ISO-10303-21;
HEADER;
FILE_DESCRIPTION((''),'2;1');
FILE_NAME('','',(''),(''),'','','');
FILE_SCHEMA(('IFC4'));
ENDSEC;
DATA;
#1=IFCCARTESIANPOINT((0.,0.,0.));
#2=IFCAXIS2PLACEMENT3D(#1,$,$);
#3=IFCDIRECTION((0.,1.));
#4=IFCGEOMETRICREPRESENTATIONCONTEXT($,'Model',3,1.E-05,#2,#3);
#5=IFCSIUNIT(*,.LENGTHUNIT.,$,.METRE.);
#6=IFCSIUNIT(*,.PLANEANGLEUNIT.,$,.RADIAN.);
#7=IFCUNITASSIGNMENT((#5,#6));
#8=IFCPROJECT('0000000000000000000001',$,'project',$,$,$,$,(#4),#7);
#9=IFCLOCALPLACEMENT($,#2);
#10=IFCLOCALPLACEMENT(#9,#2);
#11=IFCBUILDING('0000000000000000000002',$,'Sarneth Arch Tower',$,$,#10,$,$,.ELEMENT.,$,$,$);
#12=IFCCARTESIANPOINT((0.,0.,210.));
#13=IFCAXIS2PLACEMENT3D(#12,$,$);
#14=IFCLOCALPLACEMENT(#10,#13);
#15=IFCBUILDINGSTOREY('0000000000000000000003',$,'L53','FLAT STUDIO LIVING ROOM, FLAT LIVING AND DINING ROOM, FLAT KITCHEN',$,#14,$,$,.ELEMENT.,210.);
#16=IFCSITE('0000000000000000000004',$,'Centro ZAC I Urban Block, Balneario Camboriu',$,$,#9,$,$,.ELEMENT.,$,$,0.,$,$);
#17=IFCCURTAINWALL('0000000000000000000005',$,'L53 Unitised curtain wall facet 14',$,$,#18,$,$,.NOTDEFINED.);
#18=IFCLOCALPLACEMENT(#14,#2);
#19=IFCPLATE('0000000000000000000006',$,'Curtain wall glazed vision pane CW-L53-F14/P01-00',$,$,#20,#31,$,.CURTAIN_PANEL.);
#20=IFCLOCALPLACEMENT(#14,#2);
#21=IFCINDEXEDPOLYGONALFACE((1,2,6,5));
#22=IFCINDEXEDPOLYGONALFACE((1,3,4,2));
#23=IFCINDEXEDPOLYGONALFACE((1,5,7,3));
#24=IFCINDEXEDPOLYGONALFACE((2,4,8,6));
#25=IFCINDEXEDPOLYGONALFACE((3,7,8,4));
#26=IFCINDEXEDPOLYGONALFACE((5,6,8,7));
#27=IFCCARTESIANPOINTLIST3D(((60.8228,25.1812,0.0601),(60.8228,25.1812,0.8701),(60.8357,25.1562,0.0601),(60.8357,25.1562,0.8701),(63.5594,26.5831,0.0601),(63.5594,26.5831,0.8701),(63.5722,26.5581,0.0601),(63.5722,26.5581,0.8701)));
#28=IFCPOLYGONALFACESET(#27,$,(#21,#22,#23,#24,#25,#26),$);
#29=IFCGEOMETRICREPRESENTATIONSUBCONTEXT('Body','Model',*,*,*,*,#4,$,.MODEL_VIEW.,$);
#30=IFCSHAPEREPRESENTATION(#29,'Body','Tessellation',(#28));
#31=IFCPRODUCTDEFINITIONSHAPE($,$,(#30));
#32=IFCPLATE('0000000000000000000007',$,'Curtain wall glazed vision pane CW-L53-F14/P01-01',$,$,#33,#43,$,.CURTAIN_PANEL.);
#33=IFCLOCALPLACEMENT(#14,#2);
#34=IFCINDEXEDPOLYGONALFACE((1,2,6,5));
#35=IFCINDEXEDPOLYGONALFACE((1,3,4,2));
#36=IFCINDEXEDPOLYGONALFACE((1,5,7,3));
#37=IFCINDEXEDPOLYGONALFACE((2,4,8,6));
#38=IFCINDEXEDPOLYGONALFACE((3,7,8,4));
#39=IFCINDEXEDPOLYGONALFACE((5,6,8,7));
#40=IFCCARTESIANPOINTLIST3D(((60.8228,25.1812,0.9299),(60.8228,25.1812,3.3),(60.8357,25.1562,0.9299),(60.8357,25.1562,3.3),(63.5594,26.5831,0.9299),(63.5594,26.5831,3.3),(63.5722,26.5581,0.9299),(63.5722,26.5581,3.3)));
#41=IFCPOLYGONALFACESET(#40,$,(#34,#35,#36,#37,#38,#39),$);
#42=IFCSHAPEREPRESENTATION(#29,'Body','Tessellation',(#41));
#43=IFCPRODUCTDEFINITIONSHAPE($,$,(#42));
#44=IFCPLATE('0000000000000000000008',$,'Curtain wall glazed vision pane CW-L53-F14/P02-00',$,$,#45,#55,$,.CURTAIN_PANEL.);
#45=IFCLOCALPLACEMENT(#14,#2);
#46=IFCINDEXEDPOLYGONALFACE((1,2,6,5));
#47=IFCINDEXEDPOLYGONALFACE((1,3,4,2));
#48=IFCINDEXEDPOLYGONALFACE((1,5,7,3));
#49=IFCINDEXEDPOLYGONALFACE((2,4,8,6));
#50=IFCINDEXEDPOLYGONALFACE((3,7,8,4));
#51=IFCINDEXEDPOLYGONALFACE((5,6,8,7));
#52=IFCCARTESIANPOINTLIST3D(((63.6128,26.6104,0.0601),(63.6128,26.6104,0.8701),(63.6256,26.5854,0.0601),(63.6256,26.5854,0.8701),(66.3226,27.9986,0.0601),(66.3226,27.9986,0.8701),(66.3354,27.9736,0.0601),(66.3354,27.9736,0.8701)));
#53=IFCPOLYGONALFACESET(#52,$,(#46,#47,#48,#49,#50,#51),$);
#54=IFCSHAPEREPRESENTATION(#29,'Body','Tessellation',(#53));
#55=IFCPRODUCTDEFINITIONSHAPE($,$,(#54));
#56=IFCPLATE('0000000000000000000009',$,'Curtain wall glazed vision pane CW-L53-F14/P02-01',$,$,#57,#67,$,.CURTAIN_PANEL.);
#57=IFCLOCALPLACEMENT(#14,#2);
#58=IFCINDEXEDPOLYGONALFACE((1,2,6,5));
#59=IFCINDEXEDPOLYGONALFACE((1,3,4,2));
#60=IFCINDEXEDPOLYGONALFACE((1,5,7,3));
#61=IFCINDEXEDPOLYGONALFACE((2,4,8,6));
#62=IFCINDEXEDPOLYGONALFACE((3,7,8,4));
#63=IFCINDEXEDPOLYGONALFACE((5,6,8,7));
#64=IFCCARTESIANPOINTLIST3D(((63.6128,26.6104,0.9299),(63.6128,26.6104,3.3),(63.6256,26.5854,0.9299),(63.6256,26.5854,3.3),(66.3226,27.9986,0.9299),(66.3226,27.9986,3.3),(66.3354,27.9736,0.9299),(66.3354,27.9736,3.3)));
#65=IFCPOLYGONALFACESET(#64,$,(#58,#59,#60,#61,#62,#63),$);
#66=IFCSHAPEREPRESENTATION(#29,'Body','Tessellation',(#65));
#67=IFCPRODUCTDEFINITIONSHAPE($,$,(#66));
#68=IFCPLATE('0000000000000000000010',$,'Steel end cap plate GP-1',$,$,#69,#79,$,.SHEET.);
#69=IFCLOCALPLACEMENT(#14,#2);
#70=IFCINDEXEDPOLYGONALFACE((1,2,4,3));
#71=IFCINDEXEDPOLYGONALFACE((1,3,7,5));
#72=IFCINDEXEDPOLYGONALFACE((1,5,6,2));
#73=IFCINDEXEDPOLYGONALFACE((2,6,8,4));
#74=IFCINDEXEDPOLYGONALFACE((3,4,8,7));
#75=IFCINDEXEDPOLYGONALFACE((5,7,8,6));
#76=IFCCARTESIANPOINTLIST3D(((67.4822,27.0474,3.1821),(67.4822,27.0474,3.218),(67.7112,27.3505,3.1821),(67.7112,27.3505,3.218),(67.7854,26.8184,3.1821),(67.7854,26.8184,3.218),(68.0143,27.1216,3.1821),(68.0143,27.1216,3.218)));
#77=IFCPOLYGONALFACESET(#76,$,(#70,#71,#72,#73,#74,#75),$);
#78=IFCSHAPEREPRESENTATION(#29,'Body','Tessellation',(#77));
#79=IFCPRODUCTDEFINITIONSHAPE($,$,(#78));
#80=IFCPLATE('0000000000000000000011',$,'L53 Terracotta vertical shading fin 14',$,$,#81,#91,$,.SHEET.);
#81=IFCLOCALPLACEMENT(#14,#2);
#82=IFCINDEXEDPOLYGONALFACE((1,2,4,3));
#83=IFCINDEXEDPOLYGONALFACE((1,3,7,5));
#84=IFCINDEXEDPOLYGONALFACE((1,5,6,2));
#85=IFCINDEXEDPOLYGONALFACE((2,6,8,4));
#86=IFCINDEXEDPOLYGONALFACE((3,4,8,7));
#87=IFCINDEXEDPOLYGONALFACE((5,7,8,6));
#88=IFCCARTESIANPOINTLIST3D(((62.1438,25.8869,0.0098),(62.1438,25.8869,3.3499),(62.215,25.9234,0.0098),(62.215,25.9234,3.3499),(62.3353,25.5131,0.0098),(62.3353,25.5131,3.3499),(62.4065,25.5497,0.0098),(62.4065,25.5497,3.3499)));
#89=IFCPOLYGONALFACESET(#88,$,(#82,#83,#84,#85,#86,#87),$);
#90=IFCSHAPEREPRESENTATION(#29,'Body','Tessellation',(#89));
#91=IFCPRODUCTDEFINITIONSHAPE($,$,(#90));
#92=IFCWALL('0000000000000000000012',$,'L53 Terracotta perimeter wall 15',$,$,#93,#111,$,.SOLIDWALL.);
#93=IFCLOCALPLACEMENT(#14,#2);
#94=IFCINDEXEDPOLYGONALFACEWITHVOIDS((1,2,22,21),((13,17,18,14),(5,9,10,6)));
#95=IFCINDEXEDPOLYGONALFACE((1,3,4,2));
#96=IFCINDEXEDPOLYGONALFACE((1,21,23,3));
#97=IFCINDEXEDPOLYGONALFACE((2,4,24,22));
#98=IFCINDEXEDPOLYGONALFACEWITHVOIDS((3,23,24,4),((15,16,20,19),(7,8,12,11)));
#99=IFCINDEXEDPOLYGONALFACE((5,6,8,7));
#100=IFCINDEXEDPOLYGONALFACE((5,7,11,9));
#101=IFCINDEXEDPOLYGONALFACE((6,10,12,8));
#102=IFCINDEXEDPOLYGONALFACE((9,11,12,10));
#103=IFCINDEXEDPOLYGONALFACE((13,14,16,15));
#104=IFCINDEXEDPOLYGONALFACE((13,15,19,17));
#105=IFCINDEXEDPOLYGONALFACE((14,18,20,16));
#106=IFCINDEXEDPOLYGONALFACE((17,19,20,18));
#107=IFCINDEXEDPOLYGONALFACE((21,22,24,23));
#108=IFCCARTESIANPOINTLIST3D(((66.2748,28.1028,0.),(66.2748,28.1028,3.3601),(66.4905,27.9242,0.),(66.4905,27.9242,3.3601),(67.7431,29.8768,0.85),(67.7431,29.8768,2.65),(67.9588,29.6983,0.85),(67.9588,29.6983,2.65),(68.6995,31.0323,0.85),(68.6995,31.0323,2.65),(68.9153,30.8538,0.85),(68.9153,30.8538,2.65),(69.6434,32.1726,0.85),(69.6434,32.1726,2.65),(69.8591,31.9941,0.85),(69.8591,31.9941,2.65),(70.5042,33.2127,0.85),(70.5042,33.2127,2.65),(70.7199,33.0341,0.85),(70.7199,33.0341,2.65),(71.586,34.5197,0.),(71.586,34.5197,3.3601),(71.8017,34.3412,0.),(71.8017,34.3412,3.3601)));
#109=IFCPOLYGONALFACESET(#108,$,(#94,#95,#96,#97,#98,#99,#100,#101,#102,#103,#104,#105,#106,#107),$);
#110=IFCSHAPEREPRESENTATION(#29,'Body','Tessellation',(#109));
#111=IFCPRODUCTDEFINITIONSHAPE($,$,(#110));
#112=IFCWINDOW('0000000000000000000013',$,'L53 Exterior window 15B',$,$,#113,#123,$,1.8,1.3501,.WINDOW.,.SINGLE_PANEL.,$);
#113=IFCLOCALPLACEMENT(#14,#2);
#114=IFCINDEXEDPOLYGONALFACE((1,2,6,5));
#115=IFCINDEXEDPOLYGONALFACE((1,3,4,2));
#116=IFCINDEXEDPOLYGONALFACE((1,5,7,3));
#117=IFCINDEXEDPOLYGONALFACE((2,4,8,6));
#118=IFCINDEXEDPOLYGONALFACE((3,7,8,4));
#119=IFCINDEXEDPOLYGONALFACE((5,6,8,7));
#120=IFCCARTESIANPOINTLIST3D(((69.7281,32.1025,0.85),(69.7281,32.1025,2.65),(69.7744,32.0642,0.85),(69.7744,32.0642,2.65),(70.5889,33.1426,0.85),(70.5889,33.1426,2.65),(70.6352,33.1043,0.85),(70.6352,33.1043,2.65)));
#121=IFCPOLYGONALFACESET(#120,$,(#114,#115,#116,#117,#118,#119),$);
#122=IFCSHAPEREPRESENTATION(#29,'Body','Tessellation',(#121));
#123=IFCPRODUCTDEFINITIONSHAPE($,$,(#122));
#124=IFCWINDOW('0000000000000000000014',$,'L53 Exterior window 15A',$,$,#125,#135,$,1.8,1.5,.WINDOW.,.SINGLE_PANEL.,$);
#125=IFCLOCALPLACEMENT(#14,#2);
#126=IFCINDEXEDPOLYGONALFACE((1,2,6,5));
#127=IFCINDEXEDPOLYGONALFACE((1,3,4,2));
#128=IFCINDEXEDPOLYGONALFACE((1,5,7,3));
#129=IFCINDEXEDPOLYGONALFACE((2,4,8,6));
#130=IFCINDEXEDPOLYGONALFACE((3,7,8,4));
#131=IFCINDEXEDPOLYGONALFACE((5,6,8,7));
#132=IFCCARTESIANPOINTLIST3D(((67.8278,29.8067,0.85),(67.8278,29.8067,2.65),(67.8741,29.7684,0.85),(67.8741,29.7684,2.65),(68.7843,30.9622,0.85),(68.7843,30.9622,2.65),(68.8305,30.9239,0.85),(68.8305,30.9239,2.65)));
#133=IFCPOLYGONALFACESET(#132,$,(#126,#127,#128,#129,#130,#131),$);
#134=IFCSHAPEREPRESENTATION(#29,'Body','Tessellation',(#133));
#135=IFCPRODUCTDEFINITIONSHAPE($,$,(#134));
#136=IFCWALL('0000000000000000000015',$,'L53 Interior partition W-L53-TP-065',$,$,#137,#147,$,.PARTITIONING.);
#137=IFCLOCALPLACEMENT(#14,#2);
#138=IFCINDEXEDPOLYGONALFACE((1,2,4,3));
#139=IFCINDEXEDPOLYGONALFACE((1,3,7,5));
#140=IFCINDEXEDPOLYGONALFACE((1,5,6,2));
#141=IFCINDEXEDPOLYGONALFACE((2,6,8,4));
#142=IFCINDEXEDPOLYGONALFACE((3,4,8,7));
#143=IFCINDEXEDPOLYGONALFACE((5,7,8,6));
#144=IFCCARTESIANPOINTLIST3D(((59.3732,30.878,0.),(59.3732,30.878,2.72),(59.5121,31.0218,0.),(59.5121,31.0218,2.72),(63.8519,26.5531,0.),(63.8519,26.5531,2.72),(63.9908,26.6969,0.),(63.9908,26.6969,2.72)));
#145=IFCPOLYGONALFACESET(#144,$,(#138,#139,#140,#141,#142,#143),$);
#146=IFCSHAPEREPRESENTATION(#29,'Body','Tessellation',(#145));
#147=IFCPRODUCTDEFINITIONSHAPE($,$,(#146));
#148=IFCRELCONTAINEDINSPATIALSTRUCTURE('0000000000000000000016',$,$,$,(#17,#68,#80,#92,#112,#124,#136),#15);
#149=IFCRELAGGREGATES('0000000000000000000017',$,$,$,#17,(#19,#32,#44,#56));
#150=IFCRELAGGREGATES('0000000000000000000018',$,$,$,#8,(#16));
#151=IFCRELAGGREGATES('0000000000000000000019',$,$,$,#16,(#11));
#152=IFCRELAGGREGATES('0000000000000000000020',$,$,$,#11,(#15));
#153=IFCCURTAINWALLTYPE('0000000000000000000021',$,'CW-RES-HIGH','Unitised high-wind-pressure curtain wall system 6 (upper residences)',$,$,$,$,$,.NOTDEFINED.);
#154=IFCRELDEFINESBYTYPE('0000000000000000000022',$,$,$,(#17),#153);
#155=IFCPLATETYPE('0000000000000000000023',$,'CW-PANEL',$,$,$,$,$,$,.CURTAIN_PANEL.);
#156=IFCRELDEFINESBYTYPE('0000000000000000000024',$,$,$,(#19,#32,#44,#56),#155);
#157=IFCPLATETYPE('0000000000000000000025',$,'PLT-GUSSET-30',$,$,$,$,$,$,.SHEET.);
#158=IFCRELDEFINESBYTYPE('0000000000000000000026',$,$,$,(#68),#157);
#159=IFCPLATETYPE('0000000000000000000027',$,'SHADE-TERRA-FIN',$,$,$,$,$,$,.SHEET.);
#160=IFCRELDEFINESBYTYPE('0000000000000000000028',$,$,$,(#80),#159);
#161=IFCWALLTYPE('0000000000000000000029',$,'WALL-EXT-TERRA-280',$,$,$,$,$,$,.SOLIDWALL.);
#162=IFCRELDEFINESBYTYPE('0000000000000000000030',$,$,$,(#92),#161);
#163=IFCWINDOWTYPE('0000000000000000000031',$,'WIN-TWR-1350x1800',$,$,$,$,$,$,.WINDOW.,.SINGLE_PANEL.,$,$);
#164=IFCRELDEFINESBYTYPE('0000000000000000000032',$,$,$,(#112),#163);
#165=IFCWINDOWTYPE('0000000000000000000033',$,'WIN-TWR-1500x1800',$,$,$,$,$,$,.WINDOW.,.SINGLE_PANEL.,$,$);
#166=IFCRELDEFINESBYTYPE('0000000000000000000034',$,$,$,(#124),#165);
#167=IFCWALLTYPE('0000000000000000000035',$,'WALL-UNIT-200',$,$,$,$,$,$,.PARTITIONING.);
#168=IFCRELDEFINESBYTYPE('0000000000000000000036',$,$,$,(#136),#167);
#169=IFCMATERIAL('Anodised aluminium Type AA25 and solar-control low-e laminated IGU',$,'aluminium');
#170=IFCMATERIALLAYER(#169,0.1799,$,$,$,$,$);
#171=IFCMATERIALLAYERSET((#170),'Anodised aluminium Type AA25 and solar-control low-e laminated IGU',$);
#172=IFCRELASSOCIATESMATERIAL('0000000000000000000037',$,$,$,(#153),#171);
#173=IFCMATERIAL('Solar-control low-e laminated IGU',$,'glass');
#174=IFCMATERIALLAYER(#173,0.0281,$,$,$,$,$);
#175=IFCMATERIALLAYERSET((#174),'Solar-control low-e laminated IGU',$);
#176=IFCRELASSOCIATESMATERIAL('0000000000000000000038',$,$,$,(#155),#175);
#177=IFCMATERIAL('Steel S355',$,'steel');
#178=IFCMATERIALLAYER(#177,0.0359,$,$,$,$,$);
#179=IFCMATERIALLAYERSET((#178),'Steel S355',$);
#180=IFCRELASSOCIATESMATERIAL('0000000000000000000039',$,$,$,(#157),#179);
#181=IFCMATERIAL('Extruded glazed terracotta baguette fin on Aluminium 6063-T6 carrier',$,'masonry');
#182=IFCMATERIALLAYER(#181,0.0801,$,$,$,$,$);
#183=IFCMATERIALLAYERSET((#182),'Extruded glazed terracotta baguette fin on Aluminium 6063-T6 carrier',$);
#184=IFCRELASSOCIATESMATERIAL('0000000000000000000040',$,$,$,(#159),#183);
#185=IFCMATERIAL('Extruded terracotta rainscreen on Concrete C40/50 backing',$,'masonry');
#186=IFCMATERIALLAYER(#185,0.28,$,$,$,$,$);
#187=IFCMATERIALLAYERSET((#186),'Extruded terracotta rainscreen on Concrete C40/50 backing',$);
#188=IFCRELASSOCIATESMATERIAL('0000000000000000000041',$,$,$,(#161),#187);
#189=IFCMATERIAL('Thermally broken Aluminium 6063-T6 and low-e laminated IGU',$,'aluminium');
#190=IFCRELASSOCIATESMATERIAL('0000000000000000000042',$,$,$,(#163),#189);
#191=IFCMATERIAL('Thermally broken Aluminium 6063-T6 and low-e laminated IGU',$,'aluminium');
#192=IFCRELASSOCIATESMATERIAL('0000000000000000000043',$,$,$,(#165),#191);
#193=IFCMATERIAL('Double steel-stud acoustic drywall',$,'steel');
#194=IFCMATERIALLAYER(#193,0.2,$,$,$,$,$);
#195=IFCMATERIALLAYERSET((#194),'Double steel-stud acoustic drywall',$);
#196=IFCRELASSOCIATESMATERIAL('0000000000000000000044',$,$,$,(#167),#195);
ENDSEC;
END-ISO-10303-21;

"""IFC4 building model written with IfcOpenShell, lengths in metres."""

from ifc_helpers import new_model, si_unit, direction, frame, frame_2d, origin, origin_2d, place, context, subcontext, project, spatial, rectangle, extrude, material, layer, layer_set, type_object, element, fill, aggregate, save


model = new_model("IFC4")

# Units and contexts
model_context = context("Model", 3, precision=1e-05, world=origin(), true_north=direction((0.0, 1.0)))
body_context = subcontext(model_context, "Body", "Model", "MODEL_VIEW")
ifc_project = project(units=[si_unit("LENGTHUNIT", "METRE"), si_unit("PLANEANGLEUNIT", "RADIAN")], contexts=[model_context])

# Site, building, storey
site_placement = place(None, origin())
site = spatial("IfcSite", under=ifc_project, at=site_placement, Name="Centro ZAC I Urban Block, Balneario Camboriu", CompositionType="ELEMENT", RefElevation=0.0)
building_placement = place(site_placement, origin())
building = spatial("IfcBuilding", under=site, at=building_placement, Name="Sarneth Arch Tower", CompositionType="ELEMENT")
storey_placement = place(building_placement, frame((0.0, 0.0, 210.0)))
storey = spatial("IfcBuildingStorey", under=building, at=storey_placement, Name="L53", Description="FLAT STUDIO LIVING ROOM, FLAT LIVING AND DINING ROOM, FLAT KITCHEN", CompositionType="ELEMENT", Elevation=210.0)

# Curtain wall, plates
ifc_material_1 = material(Name="Anodised aluminium Type AA25 and solar-control low-e laminated IGU", Category="aluminium")
ifc_layer_1 = layer(ifc_material_1, 0.1799)
ifc_layer_set_1 = layer_set([ifc_layer_1], Name="Anodised aluminium Type AA25 and solar-control low-e laminated IGU")
curtain_wall_type = type_object("IfcCurtainWallType", Name="CW-RES-HIGH", Description="Unitised high-wind-pressure curtain wall system 6 (upper residences)", PredefinedType="NOTDEFINED", material=ifc_layer_set_1)
curtain_wall_placement = place(storey_placement, origin())
curtain_wall = element("IfcCurtainWall", 1, at=curtain_wall_placement, inside=storey, type_object=curtain_wall_type, Name="L53 Unitised curtain wall facet 14", PredefinedType="NOTDEFINED")
ifc_material_2 = material(Name="Solar-control low-e laminated IGU", Category="glass")
ifc_layer_2 = layer(ifc_material_2, 0.0281)
ifc_layer_set_2 = layer_set([ifc_layer_2], Name="Solar-control low-e laminated IGU")
plate_type_1 = type_object("IfcPlateType", Name="CW-PANEL", PredefinedType="CURTAIN_PANEL", material=ifc_layer_set_2)
plate_1_placement = place(storey_placement, frame((62.1975, 25.8696, 0.0601), z_axis=(0.0, 0.0, 1.0), x_axis=(0.89001, 0.455942, 0.0)))
plate_1 = element("IfcPlate", 2, at=plate_1_placement, type_object=plate_type_1, Name="Curtain wall glazed vision pane CW-L53-F14/P01-00", PredefinedType="CURTAIN_PANEL", context=body_context, shape_type="SweptSolid", body=[
    extrude(rectangle(XDim=3.0747, YDim=0.0281, at=origin_2d()), origin(), (0.0, 0.0, 1.0), 0.8101),
])
plate_2_placement = place(storey_placement, frame((62.1975, 25.8696, 0.9299), z_axis=(0.0, 0.0, 1.0), x_axis=(0.89001, 0.455942, 0.0)))
plate_2 = element("IfcPlate", 3, at=plate_2_placement, type_object=plate_type_1, Name="Curtain wall glazed vision pane CW-L53-F14/P01-01", PredefinedType="CURTAIN_PANEL", context=body_context, shape_type="SweptSolid", body=[
    extrude(rectangle(XDim=3.0747, YDim=0.0281, at=origin_2d()), origin(), (0.0, 0.0, 1.0), 2.3701),
])
plate_3_placement = place(storey_placement, frame((64.9741, 27.292, 0.0601), z_axis=(0.0, 0.0, 1.0), x_axis=(0.89001, 0.455942, 0.0)))
plate_3 = element("IfcPlate", 4, at=plate_3_placement, type_object=plate_type_1, Name="Curtain wall glazed vision pane CW-L53-F14/P02-00", PredefinedType="CURTAIN_PANEL", context=body_context, shape_type="SweptSolid", body=[
    extrude(rectangle(XDim=3.0447, YDim=0.0281, at=origin_2d()), origin(), (0.0, 0.0, 1.0), 0.8101),
])
plate_4_placement = place(storey_placement, frame((64.9741, 27.292, 0.9299), z_axis=(0.0, 0.0, 1.0), x_axis=(0.89001, 0.455942, 0.0)))
plate_4 = element("IfcPlate", 5, at=plate_4_placement, type_object=plate_type_1, Name="Curtain wall glazed vision pane CW-L53-F14/P02-01", PredefinedType="CURTAIN_PANEL", context=body_context, shape_type="SweptSolid", body=[
    extrude(rectangle(XDim=3.0447, YDim=0.0281, at=origin_2d()), origin(), (0.0, 0.0, 1.0), 2.3701),
])
aggregate(curtain_wall, [plate_1, plate_2, plate_3, plate_4])

# Plates
ifc_material_3 = material(Name="Steel S355", Category="steel")
ifc_layer_3 = layer(ifc_material_3, 0.0359)
ifc_layer_set_3 = layer_set([ifc_layer_3], Name="Steel S355")
plate_type_2 = type_object("IfcPlateType", Name="PLT-GUSSET-30", PredefinedType="SHEET", material=ifc_layer_set_3)
plate_5_placement = place(storey_placement, frame((67.7483, 27.0845, 3.1821), z_axis=(0.0, 0.0, 1.0), x_axis=(0.798005, -0.602651, 0.0)))
element("IfcPlate", 6, at=plate_5_placement, inside=storey, type_object=plate_type_2, Name="Steel end cap plate GP-1", PredefinedType="SHEET", context=body_context, shape_type="SweptSolid", body=[
    extrude(rectangle(XDim=0.3799, YDim=0.3799, at=origin_2d()), origin(), (0.0, 0.0, 1.0), 0.0359),
])
ifc_material_4 = material(Name="Extruded glazed terracotta baguette fin on Aluminium 6063-T6 carrier", Category="masonry")
ifc_layer_4 = layer(ifc_material_4, 0.0801)
ifc_layer_set_4 = layer_set([ifc_layer_4], Name="Extruded glazed terracotta baguette fin on Aluminium 6063-T6 carrier")
plate_type_3 = type_object("IfcPlateType", Name="SHADE-TERRA-FIN", PredefinedType="SHEET", material=ifc_layer_set_4)
plate_6_placement = place(storey_placement, frame((62.2751, 25.7183, 0.0098), z_axis=(0.0, 0.0, 1.0), x_axis=(0.456011, -0.889974, 0.0)))
element("IfcPlate", 7, at=plate_6_placement, inside=storey, type_object=plate_type_3, Name="L53 Terracotta vertical shading fin 14", PredefinedType="SHEET", context=body_context, shape_type="SweptSolid", body=[
    extrude(rectangle(XDim=0.4199, YDim=0.0801, at=origin_2d()), origin(), (0.0, 0.0, 1.0), 3.3401),
])

# Wall, openings, windows
ifc_material_5 = material(Name="Extruded terracotta rainscreen on Concrete C40/50 backing", Category="masonry")
ifc_layer_5 = layer(ifc_material_5, 0.28)
ifc_layer_set_5 = layer_set([ifc_layer_5], Name="Extruded terracotta rainscreen on Concrete C40/50 backing")
wall_type_1 = type_object("IfcWallType", Name="WALL-EXT-TERRA-280", PredefinedType="SOLIDWALL", material=ifc_layer_set_5)
wall_1_placement = place(storey_placement, frame((66.3826, 28.0134, 0.0), z_axis=(0.0, 0.0, 1.0), x_axis=(0.637615, 0.770355, 0.0)))
wall_1 = element("IfcWall", 8, at=wall_1_placement, inside=storey, type_object=wall_type_1, Name="L53 Terracotta perimeter wall 15", PredefinedType="SOLIDWALL", context=body_context, shape_type="SweptSolid", body=[
    extrude(rectangle(XDim=8.3298, YDim=0.28, at=frame_2d((4.165, 0.0))), origin(), (0.0, 0.0, 1.0), 3.3601),
])
opening_1_placement = place(wall_1_placement, frame((2.303, 0.0, 0.8501)))
opening_1 = element("IfcOpeningElement", 9, at=opening_1_placement, cuts=wall_1, PredefinedType="OPENING", context=body_context, shape_type="SweptSolid", body=[
    extrude(rectangle(XDim=1.5, YDim=1.8, at=frame_2d((0.75, 0.8999))), frame((0.0, 0.1499, 0.0), z_axis=(0.0, -1.0, 0.0), x_axis=(1.0, 0.0, 0.0)), (0.0, 0.0, 1.0), 0.3),
])
opening_2_placement = place(wall_1_placement, frame((5.2832, 0.0, 0.8501)))
opening_2 = element("IfcOpeningElement", 10, at=opening_2_placement, cuts=wall_1, PredefinedType="OPENING", context=body_context, shape_type="SweptSolid", body=[
    extrude(rectangle(XDim=1.3501, YDim=1.8, at=frame_2d((0.675, 0.8999))), frame((0.0, 0.1499, 0.0), z_axis=(0.0, -1.0, 0.0), x_axis=(1.0, 0.0, 0.0)), (0.0, 0.0, 1.0), 0.3),
])
ifc_material_6 = material(Name="Thermally broken Aluminium 6063-T6 and low-e laminated IGU", Category="aluminium")
window_type_1 = type_object("IfcWindowType", Name="WIN-TWR-1350x1800", PartitioningType="SINGLE_PANEL", PredefinedType="WINDOW", material=ifc_material_6)
window_1_placement = place(opening_2_placement, origin())
window_1 = element("IfcWindow", 11, at=window_1_placement, inside=storey, type_object=window_type_1, Name="L53 Exterior window 15B", OverallHeight=1.8, OverallWidth=1.3501, PartitioningType="SINGLE_PANEL", PredefinedType="WINDOW", context=body_context, shape_type="SweptSolid", body=[
    extrude(rectangle(XDim=1.3501, YDim=1.8, at=frame_2d((0.675, 0.8999))), frame((0.0, 0.03, 0.0), z_axis=(0.0, -1.0, 0.0), x_axis=(1.0, 0.0, 0.0)), (0.0, 0.0, 1.0), 0.0601),
])
fill(opening_2, window_1)
ifc_material_7 = material(Name="Thermally broken Aluminium 6063-T6 and low-e laminated IGU", Category="aluminium")
window_type_2 = type_object("IfcWindowType", Name="WIN-TWR-1500x1800", PartitioningType="SINGLE_PANEL", PredefinedType="WINDOW", material=ifc_material_7)
window_2_placement = place(opening_1_placement, origin())
window_2 = element("IfcWindow", 12, at=window_2_placement, inside=storey, type_object=window_type_2, Name="L53 Exterior window 15A", OverallHeight=1.8, OverallWidth=1.5, PartitioningType="SINGLE_PANEL", PredefinedType="WINDOW", context=body_context, shape_type="SweptSolid", body=[
    extrude(rectangle(XDim=1.5, YDim=1.8, at=frame_2d((0.75, 0.8999))), frame((0.0, 0.03, 0.0), z_axis=(0.0, -1.0, 0.0), x_axis=(1.0, 0.0, 0.0)), (0.0, 0.0, 1.0), 0.0601),
])
fill(opening_1, window_2)

# Wall
ifc_material_8 = material(Name="Double steel-stud acoustic drywall", Category="steel")
ifc_layer_6 = layer(ifc_material_8, 0.2)
ifc_layer_set_6 = layer_set([ifc_layer_6], Name="Double steel-stud acoustic drywall")
wall_type_2 = type_object("IfcWallType", Name="WALL-UNIT-200", PredefinedType="PARTITIONING", material=ifc_layer_set_6)
wall_2_placement = place(storey_placement, frame((63.9214, 26.625, 0.0), z_axis=(0.0, 0.0, 1.0), x_axis=(-0.719351, 0.694647, 0.0)))
element("IfcWall", 13, at=wall_2_placement, inside=storey, type_object=wall_type_2, Name="L53 Interior partition W-L53-TP-065", PredefinedType="PARTITIONING", context=body_context, shape_type="SweptSolid", body=[
    extrude(rectangle(XDim=6.2261, YDim=0.2, at=frame_2d((3.113, 0.0))), origin(), (0.0, 0.0, 1.0), 2.72),
])

save(model, "model.ifc")
